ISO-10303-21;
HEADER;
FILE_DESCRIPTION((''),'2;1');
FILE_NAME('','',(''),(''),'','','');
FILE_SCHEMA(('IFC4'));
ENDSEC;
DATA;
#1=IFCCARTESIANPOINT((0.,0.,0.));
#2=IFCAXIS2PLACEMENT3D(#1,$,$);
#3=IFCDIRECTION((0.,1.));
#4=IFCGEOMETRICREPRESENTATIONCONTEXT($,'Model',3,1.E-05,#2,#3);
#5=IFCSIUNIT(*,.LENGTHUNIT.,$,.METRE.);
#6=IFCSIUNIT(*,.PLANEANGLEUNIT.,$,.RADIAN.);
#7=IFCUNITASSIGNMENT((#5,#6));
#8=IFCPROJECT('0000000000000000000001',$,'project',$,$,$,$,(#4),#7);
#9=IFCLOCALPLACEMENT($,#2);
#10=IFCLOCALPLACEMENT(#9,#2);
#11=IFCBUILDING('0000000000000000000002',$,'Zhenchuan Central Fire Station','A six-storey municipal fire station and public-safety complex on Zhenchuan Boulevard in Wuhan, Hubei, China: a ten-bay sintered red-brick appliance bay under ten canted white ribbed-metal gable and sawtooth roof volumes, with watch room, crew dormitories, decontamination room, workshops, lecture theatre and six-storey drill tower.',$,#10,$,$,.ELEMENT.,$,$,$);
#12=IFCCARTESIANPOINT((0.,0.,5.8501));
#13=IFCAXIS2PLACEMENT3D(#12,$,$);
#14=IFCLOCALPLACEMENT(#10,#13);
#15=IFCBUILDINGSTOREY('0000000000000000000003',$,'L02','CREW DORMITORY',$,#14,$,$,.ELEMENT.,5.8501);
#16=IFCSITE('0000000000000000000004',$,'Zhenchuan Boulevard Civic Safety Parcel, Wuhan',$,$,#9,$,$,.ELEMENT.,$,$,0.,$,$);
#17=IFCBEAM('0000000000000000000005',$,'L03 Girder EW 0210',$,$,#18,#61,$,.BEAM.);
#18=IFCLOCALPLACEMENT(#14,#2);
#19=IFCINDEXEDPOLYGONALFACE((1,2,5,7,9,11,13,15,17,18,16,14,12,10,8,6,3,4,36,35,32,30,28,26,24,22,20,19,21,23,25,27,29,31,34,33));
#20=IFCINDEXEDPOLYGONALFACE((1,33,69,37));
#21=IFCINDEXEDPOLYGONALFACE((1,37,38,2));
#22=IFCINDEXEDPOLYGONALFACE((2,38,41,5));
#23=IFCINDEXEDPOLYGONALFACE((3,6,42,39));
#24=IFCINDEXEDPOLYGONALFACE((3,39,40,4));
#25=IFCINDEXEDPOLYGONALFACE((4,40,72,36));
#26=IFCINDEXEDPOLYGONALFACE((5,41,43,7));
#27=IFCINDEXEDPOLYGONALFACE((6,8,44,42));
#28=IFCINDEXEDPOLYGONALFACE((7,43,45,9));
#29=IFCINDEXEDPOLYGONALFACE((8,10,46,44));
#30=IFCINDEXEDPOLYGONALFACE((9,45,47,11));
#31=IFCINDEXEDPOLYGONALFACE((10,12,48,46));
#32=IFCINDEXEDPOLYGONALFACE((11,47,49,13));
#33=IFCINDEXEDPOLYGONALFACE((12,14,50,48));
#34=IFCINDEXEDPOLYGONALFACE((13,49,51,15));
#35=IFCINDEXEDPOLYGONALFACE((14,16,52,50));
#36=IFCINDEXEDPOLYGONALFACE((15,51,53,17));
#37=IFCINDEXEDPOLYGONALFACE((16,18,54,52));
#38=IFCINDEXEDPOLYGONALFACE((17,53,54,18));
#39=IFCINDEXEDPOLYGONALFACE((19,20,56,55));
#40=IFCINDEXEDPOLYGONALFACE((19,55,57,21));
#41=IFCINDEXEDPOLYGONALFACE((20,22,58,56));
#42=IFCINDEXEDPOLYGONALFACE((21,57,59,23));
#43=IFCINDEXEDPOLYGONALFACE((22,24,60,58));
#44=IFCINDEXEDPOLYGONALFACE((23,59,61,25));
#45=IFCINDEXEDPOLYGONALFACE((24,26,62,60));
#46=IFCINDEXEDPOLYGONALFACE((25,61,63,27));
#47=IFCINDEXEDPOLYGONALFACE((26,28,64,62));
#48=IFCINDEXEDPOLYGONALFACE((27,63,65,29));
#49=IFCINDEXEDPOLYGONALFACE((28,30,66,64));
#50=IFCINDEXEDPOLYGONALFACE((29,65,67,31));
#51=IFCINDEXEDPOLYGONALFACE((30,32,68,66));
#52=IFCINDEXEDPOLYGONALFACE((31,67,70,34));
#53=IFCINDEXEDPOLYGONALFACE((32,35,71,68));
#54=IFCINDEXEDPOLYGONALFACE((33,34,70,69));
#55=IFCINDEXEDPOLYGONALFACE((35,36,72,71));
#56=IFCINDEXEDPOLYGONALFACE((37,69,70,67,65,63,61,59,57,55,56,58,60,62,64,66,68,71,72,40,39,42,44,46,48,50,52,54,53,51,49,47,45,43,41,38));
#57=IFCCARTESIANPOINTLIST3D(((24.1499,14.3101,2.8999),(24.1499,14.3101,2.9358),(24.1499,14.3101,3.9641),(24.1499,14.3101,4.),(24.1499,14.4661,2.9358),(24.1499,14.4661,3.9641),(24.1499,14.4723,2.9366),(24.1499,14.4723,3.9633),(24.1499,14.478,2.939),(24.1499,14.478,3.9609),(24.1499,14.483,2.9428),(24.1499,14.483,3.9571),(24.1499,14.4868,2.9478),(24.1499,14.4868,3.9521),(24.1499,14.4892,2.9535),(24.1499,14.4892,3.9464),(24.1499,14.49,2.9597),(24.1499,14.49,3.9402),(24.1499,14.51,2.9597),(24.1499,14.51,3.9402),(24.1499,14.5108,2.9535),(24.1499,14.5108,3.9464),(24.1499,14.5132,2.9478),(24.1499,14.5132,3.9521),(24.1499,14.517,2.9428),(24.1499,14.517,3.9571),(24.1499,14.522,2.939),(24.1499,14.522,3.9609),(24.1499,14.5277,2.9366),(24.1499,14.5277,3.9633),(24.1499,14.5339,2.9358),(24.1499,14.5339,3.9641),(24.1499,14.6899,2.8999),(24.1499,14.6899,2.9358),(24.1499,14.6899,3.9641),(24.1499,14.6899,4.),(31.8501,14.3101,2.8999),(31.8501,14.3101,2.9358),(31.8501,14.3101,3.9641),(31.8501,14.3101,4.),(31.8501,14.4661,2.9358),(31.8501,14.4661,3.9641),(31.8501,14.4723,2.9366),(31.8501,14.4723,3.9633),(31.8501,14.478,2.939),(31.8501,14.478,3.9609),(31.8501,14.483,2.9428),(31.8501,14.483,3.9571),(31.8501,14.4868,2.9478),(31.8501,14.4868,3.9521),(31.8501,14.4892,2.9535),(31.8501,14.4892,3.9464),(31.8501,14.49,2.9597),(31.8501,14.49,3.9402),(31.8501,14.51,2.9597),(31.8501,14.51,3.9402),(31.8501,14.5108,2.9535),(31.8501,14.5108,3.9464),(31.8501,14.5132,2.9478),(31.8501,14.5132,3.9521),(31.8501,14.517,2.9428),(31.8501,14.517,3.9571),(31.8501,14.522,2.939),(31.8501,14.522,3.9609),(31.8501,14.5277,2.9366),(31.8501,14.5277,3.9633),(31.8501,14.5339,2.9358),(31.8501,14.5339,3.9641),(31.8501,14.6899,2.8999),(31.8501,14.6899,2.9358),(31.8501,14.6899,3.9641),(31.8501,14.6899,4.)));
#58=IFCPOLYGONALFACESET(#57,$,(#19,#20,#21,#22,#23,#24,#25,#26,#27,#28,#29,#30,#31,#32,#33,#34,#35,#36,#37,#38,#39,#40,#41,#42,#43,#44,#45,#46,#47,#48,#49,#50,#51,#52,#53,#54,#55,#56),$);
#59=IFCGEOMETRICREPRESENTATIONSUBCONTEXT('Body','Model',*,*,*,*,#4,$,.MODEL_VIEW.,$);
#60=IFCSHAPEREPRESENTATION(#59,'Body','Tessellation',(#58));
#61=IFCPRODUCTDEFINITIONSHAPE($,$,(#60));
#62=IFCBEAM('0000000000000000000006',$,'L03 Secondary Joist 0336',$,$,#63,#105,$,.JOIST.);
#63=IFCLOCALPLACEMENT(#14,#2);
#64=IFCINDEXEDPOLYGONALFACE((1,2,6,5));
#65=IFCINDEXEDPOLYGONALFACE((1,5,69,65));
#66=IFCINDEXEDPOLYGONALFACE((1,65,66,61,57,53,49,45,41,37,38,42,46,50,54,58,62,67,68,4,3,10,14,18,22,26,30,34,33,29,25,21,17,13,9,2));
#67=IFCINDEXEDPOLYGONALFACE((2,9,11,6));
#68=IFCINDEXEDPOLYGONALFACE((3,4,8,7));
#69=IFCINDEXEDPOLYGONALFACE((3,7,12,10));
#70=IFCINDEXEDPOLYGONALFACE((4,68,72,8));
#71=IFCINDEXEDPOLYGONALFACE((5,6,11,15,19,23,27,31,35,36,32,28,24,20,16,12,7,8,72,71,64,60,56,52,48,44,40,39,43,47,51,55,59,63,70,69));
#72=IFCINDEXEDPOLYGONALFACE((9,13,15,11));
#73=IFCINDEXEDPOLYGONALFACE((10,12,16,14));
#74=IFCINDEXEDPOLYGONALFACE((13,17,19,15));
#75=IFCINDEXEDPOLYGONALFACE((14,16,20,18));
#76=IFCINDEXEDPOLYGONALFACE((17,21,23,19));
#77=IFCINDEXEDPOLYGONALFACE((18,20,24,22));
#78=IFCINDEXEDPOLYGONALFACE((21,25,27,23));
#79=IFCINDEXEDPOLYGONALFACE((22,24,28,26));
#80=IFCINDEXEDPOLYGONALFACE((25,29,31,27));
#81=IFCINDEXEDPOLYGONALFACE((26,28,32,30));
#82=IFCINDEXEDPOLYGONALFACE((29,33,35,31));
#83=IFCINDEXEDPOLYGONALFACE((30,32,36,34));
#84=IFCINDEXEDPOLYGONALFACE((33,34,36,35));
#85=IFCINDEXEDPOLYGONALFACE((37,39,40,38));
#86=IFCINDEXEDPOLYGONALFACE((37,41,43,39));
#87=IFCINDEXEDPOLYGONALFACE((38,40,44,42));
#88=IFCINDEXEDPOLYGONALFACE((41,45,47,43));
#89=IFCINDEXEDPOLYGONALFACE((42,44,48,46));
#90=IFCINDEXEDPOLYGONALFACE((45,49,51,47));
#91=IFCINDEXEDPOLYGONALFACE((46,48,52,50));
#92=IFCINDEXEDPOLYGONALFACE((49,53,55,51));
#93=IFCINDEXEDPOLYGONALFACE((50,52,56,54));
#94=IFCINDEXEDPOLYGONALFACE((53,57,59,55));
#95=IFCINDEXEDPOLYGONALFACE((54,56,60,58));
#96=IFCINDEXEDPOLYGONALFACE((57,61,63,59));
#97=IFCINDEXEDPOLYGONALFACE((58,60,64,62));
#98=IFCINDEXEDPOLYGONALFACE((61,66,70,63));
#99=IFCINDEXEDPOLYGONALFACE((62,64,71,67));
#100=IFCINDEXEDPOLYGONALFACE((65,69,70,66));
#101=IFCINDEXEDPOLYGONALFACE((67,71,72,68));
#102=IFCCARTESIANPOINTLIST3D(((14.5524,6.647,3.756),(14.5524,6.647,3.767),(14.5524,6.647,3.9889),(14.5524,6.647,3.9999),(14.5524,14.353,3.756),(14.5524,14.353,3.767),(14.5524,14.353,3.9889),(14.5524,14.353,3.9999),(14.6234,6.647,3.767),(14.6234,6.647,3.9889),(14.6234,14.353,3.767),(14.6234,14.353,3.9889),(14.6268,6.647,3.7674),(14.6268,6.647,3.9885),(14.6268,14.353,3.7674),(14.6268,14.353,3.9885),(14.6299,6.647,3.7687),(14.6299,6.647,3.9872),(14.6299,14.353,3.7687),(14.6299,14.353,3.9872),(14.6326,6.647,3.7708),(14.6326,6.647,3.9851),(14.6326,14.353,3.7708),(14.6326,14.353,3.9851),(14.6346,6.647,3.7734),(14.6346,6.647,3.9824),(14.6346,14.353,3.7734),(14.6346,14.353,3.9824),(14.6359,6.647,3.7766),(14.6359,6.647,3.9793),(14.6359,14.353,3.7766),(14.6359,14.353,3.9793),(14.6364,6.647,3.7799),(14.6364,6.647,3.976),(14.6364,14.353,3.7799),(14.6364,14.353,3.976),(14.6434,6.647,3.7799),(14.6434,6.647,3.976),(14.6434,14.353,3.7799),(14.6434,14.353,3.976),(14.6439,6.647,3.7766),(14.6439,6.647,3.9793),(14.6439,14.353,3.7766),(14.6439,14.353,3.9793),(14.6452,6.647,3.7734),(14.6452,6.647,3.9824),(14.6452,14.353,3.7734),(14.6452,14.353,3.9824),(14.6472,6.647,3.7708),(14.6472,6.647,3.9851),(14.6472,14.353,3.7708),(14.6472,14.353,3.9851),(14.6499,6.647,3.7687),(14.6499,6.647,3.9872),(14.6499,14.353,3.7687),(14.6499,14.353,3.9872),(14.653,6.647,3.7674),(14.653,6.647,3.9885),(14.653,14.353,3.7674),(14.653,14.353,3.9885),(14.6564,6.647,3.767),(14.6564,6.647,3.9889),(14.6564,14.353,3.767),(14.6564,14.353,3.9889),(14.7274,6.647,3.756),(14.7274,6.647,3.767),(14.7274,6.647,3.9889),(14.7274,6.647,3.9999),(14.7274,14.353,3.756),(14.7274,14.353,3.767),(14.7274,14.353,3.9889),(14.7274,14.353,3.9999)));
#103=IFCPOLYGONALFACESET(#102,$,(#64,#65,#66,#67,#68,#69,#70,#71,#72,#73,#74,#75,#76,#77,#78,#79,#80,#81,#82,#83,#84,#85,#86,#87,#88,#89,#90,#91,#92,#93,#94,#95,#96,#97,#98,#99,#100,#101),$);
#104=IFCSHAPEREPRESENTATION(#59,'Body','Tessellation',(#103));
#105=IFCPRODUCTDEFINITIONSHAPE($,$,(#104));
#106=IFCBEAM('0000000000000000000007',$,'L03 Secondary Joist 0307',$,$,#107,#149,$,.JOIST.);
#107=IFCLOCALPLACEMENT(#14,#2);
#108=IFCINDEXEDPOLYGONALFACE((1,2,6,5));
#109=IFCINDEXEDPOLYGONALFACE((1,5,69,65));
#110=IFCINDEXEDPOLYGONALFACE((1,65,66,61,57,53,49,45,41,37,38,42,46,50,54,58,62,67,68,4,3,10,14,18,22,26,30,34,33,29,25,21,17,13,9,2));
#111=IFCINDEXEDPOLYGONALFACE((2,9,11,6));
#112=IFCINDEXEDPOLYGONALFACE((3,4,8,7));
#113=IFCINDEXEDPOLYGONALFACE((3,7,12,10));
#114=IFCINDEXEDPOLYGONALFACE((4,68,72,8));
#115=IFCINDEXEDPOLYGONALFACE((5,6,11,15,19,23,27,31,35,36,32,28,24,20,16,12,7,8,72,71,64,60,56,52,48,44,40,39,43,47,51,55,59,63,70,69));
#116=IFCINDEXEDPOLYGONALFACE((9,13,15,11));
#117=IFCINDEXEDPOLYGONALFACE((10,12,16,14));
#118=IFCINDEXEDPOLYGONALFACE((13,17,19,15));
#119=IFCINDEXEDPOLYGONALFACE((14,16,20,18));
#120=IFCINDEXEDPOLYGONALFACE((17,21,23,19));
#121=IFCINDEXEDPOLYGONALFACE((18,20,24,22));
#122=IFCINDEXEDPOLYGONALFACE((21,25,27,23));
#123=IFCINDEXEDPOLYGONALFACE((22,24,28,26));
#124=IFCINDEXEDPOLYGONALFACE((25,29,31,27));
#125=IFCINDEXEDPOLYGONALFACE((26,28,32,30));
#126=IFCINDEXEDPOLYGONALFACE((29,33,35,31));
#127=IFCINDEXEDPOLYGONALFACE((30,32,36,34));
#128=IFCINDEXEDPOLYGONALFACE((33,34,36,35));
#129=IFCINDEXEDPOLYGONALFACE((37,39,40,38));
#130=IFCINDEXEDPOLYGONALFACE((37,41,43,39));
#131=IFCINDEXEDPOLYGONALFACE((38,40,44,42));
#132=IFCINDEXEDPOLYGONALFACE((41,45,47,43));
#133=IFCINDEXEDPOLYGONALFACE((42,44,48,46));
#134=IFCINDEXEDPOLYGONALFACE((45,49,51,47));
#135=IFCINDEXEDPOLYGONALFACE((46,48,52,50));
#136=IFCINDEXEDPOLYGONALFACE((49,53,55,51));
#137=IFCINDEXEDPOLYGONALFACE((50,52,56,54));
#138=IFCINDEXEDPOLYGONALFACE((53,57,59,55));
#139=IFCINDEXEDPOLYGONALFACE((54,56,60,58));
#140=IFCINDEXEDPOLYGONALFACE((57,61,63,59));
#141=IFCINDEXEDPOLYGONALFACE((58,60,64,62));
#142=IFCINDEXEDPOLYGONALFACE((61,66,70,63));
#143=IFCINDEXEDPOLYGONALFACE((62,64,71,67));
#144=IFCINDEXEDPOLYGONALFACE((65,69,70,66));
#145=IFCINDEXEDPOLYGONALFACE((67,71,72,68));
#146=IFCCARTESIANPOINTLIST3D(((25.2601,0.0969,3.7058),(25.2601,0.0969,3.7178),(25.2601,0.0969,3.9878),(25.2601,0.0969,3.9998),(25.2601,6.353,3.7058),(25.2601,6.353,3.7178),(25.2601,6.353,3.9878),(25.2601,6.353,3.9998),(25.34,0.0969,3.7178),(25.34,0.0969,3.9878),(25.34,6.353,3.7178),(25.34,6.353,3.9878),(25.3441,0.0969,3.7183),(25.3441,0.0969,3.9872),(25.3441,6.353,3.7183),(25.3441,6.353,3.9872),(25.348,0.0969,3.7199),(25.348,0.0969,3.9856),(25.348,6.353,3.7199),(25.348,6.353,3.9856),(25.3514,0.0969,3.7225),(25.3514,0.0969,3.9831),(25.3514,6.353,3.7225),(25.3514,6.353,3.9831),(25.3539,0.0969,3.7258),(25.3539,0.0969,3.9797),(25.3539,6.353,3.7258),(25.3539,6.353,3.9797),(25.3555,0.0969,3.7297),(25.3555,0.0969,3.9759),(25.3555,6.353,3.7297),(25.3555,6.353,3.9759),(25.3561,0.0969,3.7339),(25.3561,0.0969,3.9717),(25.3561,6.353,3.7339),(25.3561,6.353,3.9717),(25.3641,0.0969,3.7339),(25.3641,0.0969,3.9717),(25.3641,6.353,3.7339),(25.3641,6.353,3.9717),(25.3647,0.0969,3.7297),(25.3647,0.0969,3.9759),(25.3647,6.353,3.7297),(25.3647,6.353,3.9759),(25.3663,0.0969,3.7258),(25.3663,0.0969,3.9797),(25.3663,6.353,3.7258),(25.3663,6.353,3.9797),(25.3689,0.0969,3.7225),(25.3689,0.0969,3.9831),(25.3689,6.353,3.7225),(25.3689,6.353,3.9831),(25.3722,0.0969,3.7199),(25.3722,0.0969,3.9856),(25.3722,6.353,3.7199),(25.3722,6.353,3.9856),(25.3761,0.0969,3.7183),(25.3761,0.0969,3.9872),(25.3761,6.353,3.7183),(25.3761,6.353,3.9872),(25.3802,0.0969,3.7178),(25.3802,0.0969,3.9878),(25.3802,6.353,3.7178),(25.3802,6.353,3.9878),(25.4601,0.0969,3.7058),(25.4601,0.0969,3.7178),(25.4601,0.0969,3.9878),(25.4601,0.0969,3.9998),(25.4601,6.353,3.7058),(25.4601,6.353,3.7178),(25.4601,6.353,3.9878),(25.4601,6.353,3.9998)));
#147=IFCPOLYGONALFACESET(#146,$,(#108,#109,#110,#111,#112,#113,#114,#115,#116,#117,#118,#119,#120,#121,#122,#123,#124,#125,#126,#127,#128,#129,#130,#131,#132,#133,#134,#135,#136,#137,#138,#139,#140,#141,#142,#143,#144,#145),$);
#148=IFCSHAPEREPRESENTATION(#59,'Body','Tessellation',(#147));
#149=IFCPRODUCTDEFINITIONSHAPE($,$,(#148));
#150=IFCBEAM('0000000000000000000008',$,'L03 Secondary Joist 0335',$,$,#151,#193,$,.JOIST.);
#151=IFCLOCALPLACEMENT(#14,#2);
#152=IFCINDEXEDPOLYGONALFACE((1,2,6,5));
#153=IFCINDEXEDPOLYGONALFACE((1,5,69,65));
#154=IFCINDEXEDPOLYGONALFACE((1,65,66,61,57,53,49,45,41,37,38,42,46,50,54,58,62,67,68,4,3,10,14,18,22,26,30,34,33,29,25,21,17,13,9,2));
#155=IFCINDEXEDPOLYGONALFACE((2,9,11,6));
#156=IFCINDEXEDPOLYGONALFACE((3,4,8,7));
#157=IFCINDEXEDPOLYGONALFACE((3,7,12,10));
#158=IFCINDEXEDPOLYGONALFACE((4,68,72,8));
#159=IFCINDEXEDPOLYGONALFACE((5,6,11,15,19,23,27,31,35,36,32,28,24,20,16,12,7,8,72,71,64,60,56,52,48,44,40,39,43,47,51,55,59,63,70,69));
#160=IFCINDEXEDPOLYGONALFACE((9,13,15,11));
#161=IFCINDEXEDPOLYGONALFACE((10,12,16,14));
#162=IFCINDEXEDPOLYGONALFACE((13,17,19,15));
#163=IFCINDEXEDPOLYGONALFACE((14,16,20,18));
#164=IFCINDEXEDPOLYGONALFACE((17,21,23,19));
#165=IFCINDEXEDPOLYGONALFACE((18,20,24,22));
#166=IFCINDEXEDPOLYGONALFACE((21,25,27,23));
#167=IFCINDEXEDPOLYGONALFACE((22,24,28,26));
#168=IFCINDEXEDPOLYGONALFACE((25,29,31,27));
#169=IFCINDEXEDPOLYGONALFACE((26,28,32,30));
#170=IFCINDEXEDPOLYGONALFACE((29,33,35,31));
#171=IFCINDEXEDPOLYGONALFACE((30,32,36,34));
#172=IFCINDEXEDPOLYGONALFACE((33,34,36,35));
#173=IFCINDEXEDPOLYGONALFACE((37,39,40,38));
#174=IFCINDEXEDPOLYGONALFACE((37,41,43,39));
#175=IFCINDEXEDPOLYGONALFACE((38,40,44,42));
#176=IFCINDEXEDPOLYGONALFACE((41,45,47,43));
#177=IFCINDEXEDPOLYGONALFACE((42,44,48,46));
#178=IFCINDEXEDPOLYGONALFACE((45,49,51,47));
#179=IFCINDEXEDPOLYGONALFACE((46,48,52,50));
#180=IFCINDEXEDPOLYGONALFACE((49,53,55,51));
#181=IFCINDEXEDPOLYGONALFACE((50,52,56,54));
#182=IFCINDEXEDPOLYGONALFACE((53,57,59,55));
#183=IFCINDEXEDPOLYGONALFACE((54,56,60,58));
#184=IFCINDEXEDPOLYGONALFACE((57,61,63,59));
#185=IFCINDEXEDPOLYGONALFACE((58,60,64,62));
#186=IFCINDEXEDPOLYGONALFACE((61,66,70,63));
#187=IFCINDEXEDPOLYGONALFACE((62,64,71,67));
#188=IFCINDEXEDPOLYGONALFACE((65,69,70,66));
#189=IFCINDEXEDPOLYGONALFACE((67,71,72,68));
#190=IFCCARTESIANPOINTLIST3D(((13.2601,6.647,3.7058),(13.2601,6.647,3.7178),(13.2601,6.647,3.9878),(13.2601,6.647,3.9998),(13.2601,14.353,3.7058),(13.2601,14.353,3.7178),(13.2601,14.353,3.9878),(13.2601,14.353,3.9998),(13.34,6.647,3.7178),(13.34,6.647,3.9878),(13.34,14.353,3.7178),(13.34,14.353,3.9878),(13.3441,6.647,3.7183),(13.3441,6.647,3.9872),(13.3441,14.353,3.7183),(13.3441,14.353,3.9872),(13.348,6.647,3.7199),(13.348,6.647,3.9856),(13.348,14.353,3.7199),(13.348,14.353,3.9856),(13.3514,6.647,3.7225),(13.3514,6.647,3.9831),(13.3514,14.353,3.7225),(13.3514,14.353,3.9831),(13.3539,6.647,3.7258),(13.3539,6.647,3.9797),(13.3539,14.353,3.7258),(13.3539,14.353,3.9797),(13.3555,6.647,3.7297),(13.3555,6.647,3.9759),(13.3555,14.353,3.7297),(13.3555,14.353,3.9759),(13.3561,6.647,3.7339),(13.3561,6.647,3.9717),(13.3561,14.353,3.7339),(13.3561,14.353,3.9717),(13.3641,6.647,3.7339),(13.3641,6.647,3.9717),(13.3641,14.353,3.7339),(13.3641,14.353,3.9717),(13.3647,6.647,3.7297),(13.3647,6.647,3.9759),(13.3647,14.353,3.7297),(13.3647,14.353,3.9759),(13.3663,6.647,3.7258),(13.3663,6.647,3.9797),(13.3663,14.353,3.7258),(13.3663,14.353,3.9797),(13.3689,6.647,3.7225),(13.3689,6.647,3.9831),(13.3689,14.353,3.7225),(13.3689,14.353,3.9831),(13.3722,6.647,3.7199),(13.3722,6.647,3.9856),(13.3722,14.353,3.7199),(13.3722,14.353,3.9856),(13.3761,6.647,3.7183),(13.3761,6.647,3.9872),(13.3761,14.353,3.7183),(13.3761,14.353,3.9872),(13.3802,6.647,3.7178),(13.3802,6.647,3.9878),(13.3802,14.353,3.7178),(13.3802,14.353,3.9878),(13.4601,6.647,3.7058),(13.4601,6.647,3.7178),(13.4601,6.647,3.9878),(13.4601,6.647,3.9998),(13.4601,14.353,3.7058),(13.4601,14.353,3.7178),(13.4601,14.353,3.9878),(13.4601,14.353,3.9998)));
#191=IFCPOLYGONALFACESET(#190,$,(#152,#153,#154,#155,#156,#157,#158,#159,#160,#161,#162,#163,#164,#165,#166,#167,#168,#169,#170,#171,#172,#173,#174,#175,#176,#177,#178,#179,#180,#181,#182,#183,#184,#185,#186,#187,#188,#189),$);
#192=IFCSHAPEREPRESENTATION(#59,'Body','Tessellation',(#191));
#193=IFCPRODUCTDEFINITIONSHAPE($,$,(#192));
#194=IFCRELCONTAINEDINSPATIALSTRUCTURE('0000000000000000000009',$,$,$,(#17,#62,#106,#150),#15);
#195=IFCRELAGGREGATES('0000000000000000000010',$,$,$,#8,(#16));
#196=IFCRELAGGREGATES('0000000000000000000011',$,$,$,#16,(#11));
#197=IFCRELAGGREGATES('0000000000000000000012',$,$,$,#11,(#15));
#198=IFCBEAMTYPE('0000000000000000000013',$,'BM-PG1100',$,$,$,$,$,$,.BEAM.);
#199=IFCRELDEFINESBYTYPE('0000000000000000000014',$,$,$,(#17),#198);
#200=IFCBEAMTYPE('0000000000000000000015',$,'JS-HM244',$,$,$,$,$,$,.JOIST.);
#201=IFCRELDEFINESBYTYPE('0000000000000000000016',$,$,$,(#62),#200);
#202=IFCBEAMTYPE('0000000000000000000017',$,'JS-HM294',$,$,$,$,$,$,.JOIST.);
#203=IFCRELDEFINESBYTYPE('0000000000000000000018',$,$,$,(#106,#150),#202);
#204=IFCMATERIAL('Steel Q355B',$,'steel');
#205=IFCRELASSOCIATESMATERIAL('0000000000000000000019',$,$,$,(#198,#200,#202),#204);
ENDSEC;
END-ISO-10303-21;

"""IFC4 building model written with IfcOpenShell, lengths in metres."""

from ifc_helpers import new_model, si_unit, direction, frame, origin, origin_2d, place, context, subcontext, project, spatial, i_section, extrude, material, material_profile, profile_set, type_object, element, save


model = new_model("IFC4")

# Units and contexts
model_context = context("Model", 3, precision=1e-05, world=origin(), true_north=direction((0.0, 1.0)))
body_context = subcontext(model_context, "Body", "Model", "MODEL_VIEW")
ifc_project = project(units=[si_unit("LENGTHUNIT", "METRE"), si_unit("PLANEANGLEUNIT", "RADIAN")], contexts=[model_context])

# Site, building, storey
site_placement = place(None, origin())
site = spatial("IfcSite", under=ifc_project, at=site_placement, Name="Zhenchuan Boulevard Civic Safety Parcel, Wuhan", CompositionType="ELEMENT", RefElevation=0.0)
building_placement = place(site_placement, origin())
building = spatial("IfcBuilding", under=site, at=building_placement, Name="Zhenchuan Central Fire Station", Description="A six-storey municipal fire station and public-safety complex on Zhenchuan Boulevard in Wuhan, Hubei, China: a ten-bay sintered red-brick appliance bay under ten canted white ribbed-metal gable and sawtooth roof volumes, with watch room, crew dormitories, decontamination room, workshops, lecture theatre and six-storey drill tower.", CompositionType="ELEMENT")
storey_placement = place(building_placement, frame((0.0, 0.0, 5.8501)))
storey = spatial("IfcBuildingStorey", under=building, at=storey_placement, Name="L02", Description="CREW DORMITORY", CompositionType="ELEMENT", Elevation=5.8501)

# Shared definitions
ifc_material_1 = material(Name="Steel Q355B", Category="steel")

# Beams
ifc_material_profile_1 = material_profile(ifc_material_1, i_section(OverallWidth=0.3799, OverallDepth=1.1001, WebThickness=0.02, FlangeThickness=0.0359, FilletRadius=0.0239, at=origin_2d()), Name="PG 1100x380")
ifc_profile_set_1 = profile_set([ifc_material_profile_1], Name="Steel Q355B")
beam_type_1 = type_object("IfcBeamType", Name="BM-PG1100", PredefinedType="BEAM", material=ifc_profile_set_1)
beam_1_placement = place(storey_placement, frame((24.1499, 14.5, 3.45), z_axis=(1.0, 0.0, 0.0), x_axis=(0.0, 1.0, 0.0)))
element("IfcBeam", 1, at=beam_1_placement, inside=storey, type_object=beam_type_1, Name="L03 Girder EW 0210", PredefinedType="BEAM", context=body_context, shape_type="SweptSolid", body=[
    extrude(i_section(OverallWidth=0.3799, OverallDepth=1.1001, WebThickness=0.02, FlangeThickness=0.0359, FilletRadius=0.0239, at=origin_2d()), origin(), (0.0, 0.0, 1.0), 7.7002),
])
ifc_material_profile_2 = material_profile(ifc_material_1, i_section(OverallWidth=0.175, OverallDepth=0.2439, WebThickness=0.0071, FlangeThickness=0.011, FilletRadius=0.0129, at=origin_2d()), Name="HM 244x175")
ifc_profile_set_2 = profile_set([ifc_material_profile_2], Name="Steel Q355B")
beam_type_2 = type_object("IfcBeamType", Name="JS-HM244", PredefinedType="JOIST", material=ifc_profile_set_2)
beam_2_placement = place(storey_placement, frame((14.6399, 6.647, 3.8779), z_axis=(0.0, 1.0, 0.0), x_axis=(-1.0, 0.0, 0.0)))
element("IfcBeam", 2, at=beam_2_placement, inside=storey, type_object=beam_type_2, Name="L03 Secondary Joist 0336", PredefinedType="JOIST", context=body_context, shape_type="SweptSolid", body=[
    extrude(i_section(OverallWidth=0.175, OverallDepth=0.2439, WebThickness=0.0071, FlangeThickness=0.011, FilletRadius=0.0129, at=origin_2d()), origin(), (0.0, 0.0, 1.0), 7.7061),
])
ifc_material_profile_3 = material_profile(ifc_material_1, i_section(OverallWidth=0.2, OverallDepth=0.2939, WebThickness=0.0081, FlangeThickness=0.012, FilletRadius=0.0161, at=origin_2d()), Name="HM 294x200")
ifc_profile_set_3 = profile_set([ifc_material_profile_3], Name="Steel Q355B")
beam_type_3 = type_object("IfcBeamType", Name="JS-HM294", PredefinedType="JOIST", material=ifc_profile_set_3)
beam_3_placement = place(storey_placement, frame((25.3601, 0.0969, 3.8528), z_axis=(0.0, 1.0, 0.0), x_axis=(-1.0, 0.0, 0.0)))
element("IfcBeam", 3, at=beam_3_placement, inside=storey, type_object=beam_type_3, Name="L03 Secondary Joist 0307", PredefinedType="JOIST", context=body_context, shape_type="SweptSolid", body=[
    extrude(i_section(OverallWidth=0.2, OverallDepth=0.2939, WebThickness=0.0081, FlangeThickness=0.012, FilletRadius=0.0161, at=origin_2d()), origin(), (0.0, 0.0, 1.0), 6.2561),
])
beam_4_placement = place(storey_placement, frame((13.3601, 6.647, 3.8528), z_axis=(0.0, 1.0, 0.0), x_axis=(-1.0, 0.0, 0.0)))
element("IfcBeam", 4, at=beam_4_placement, inside=storey, type_object=beam_type_3, Name="L03 Secondary Joist 0335", PredefinedType="JOIST", context=body_context, shape_type="SweptSolid", body=[
    extrude(i_section(OverallWidth=0.2, OverallDepth=0.2939, WebThickness=0.0081, FlangeThickness=0.012, FilletRadius=0.0161, at=origin_2d()), origin(), (0.0, 0.0, 1.0), 7.7061),
])

save(model, "model.ifc")
